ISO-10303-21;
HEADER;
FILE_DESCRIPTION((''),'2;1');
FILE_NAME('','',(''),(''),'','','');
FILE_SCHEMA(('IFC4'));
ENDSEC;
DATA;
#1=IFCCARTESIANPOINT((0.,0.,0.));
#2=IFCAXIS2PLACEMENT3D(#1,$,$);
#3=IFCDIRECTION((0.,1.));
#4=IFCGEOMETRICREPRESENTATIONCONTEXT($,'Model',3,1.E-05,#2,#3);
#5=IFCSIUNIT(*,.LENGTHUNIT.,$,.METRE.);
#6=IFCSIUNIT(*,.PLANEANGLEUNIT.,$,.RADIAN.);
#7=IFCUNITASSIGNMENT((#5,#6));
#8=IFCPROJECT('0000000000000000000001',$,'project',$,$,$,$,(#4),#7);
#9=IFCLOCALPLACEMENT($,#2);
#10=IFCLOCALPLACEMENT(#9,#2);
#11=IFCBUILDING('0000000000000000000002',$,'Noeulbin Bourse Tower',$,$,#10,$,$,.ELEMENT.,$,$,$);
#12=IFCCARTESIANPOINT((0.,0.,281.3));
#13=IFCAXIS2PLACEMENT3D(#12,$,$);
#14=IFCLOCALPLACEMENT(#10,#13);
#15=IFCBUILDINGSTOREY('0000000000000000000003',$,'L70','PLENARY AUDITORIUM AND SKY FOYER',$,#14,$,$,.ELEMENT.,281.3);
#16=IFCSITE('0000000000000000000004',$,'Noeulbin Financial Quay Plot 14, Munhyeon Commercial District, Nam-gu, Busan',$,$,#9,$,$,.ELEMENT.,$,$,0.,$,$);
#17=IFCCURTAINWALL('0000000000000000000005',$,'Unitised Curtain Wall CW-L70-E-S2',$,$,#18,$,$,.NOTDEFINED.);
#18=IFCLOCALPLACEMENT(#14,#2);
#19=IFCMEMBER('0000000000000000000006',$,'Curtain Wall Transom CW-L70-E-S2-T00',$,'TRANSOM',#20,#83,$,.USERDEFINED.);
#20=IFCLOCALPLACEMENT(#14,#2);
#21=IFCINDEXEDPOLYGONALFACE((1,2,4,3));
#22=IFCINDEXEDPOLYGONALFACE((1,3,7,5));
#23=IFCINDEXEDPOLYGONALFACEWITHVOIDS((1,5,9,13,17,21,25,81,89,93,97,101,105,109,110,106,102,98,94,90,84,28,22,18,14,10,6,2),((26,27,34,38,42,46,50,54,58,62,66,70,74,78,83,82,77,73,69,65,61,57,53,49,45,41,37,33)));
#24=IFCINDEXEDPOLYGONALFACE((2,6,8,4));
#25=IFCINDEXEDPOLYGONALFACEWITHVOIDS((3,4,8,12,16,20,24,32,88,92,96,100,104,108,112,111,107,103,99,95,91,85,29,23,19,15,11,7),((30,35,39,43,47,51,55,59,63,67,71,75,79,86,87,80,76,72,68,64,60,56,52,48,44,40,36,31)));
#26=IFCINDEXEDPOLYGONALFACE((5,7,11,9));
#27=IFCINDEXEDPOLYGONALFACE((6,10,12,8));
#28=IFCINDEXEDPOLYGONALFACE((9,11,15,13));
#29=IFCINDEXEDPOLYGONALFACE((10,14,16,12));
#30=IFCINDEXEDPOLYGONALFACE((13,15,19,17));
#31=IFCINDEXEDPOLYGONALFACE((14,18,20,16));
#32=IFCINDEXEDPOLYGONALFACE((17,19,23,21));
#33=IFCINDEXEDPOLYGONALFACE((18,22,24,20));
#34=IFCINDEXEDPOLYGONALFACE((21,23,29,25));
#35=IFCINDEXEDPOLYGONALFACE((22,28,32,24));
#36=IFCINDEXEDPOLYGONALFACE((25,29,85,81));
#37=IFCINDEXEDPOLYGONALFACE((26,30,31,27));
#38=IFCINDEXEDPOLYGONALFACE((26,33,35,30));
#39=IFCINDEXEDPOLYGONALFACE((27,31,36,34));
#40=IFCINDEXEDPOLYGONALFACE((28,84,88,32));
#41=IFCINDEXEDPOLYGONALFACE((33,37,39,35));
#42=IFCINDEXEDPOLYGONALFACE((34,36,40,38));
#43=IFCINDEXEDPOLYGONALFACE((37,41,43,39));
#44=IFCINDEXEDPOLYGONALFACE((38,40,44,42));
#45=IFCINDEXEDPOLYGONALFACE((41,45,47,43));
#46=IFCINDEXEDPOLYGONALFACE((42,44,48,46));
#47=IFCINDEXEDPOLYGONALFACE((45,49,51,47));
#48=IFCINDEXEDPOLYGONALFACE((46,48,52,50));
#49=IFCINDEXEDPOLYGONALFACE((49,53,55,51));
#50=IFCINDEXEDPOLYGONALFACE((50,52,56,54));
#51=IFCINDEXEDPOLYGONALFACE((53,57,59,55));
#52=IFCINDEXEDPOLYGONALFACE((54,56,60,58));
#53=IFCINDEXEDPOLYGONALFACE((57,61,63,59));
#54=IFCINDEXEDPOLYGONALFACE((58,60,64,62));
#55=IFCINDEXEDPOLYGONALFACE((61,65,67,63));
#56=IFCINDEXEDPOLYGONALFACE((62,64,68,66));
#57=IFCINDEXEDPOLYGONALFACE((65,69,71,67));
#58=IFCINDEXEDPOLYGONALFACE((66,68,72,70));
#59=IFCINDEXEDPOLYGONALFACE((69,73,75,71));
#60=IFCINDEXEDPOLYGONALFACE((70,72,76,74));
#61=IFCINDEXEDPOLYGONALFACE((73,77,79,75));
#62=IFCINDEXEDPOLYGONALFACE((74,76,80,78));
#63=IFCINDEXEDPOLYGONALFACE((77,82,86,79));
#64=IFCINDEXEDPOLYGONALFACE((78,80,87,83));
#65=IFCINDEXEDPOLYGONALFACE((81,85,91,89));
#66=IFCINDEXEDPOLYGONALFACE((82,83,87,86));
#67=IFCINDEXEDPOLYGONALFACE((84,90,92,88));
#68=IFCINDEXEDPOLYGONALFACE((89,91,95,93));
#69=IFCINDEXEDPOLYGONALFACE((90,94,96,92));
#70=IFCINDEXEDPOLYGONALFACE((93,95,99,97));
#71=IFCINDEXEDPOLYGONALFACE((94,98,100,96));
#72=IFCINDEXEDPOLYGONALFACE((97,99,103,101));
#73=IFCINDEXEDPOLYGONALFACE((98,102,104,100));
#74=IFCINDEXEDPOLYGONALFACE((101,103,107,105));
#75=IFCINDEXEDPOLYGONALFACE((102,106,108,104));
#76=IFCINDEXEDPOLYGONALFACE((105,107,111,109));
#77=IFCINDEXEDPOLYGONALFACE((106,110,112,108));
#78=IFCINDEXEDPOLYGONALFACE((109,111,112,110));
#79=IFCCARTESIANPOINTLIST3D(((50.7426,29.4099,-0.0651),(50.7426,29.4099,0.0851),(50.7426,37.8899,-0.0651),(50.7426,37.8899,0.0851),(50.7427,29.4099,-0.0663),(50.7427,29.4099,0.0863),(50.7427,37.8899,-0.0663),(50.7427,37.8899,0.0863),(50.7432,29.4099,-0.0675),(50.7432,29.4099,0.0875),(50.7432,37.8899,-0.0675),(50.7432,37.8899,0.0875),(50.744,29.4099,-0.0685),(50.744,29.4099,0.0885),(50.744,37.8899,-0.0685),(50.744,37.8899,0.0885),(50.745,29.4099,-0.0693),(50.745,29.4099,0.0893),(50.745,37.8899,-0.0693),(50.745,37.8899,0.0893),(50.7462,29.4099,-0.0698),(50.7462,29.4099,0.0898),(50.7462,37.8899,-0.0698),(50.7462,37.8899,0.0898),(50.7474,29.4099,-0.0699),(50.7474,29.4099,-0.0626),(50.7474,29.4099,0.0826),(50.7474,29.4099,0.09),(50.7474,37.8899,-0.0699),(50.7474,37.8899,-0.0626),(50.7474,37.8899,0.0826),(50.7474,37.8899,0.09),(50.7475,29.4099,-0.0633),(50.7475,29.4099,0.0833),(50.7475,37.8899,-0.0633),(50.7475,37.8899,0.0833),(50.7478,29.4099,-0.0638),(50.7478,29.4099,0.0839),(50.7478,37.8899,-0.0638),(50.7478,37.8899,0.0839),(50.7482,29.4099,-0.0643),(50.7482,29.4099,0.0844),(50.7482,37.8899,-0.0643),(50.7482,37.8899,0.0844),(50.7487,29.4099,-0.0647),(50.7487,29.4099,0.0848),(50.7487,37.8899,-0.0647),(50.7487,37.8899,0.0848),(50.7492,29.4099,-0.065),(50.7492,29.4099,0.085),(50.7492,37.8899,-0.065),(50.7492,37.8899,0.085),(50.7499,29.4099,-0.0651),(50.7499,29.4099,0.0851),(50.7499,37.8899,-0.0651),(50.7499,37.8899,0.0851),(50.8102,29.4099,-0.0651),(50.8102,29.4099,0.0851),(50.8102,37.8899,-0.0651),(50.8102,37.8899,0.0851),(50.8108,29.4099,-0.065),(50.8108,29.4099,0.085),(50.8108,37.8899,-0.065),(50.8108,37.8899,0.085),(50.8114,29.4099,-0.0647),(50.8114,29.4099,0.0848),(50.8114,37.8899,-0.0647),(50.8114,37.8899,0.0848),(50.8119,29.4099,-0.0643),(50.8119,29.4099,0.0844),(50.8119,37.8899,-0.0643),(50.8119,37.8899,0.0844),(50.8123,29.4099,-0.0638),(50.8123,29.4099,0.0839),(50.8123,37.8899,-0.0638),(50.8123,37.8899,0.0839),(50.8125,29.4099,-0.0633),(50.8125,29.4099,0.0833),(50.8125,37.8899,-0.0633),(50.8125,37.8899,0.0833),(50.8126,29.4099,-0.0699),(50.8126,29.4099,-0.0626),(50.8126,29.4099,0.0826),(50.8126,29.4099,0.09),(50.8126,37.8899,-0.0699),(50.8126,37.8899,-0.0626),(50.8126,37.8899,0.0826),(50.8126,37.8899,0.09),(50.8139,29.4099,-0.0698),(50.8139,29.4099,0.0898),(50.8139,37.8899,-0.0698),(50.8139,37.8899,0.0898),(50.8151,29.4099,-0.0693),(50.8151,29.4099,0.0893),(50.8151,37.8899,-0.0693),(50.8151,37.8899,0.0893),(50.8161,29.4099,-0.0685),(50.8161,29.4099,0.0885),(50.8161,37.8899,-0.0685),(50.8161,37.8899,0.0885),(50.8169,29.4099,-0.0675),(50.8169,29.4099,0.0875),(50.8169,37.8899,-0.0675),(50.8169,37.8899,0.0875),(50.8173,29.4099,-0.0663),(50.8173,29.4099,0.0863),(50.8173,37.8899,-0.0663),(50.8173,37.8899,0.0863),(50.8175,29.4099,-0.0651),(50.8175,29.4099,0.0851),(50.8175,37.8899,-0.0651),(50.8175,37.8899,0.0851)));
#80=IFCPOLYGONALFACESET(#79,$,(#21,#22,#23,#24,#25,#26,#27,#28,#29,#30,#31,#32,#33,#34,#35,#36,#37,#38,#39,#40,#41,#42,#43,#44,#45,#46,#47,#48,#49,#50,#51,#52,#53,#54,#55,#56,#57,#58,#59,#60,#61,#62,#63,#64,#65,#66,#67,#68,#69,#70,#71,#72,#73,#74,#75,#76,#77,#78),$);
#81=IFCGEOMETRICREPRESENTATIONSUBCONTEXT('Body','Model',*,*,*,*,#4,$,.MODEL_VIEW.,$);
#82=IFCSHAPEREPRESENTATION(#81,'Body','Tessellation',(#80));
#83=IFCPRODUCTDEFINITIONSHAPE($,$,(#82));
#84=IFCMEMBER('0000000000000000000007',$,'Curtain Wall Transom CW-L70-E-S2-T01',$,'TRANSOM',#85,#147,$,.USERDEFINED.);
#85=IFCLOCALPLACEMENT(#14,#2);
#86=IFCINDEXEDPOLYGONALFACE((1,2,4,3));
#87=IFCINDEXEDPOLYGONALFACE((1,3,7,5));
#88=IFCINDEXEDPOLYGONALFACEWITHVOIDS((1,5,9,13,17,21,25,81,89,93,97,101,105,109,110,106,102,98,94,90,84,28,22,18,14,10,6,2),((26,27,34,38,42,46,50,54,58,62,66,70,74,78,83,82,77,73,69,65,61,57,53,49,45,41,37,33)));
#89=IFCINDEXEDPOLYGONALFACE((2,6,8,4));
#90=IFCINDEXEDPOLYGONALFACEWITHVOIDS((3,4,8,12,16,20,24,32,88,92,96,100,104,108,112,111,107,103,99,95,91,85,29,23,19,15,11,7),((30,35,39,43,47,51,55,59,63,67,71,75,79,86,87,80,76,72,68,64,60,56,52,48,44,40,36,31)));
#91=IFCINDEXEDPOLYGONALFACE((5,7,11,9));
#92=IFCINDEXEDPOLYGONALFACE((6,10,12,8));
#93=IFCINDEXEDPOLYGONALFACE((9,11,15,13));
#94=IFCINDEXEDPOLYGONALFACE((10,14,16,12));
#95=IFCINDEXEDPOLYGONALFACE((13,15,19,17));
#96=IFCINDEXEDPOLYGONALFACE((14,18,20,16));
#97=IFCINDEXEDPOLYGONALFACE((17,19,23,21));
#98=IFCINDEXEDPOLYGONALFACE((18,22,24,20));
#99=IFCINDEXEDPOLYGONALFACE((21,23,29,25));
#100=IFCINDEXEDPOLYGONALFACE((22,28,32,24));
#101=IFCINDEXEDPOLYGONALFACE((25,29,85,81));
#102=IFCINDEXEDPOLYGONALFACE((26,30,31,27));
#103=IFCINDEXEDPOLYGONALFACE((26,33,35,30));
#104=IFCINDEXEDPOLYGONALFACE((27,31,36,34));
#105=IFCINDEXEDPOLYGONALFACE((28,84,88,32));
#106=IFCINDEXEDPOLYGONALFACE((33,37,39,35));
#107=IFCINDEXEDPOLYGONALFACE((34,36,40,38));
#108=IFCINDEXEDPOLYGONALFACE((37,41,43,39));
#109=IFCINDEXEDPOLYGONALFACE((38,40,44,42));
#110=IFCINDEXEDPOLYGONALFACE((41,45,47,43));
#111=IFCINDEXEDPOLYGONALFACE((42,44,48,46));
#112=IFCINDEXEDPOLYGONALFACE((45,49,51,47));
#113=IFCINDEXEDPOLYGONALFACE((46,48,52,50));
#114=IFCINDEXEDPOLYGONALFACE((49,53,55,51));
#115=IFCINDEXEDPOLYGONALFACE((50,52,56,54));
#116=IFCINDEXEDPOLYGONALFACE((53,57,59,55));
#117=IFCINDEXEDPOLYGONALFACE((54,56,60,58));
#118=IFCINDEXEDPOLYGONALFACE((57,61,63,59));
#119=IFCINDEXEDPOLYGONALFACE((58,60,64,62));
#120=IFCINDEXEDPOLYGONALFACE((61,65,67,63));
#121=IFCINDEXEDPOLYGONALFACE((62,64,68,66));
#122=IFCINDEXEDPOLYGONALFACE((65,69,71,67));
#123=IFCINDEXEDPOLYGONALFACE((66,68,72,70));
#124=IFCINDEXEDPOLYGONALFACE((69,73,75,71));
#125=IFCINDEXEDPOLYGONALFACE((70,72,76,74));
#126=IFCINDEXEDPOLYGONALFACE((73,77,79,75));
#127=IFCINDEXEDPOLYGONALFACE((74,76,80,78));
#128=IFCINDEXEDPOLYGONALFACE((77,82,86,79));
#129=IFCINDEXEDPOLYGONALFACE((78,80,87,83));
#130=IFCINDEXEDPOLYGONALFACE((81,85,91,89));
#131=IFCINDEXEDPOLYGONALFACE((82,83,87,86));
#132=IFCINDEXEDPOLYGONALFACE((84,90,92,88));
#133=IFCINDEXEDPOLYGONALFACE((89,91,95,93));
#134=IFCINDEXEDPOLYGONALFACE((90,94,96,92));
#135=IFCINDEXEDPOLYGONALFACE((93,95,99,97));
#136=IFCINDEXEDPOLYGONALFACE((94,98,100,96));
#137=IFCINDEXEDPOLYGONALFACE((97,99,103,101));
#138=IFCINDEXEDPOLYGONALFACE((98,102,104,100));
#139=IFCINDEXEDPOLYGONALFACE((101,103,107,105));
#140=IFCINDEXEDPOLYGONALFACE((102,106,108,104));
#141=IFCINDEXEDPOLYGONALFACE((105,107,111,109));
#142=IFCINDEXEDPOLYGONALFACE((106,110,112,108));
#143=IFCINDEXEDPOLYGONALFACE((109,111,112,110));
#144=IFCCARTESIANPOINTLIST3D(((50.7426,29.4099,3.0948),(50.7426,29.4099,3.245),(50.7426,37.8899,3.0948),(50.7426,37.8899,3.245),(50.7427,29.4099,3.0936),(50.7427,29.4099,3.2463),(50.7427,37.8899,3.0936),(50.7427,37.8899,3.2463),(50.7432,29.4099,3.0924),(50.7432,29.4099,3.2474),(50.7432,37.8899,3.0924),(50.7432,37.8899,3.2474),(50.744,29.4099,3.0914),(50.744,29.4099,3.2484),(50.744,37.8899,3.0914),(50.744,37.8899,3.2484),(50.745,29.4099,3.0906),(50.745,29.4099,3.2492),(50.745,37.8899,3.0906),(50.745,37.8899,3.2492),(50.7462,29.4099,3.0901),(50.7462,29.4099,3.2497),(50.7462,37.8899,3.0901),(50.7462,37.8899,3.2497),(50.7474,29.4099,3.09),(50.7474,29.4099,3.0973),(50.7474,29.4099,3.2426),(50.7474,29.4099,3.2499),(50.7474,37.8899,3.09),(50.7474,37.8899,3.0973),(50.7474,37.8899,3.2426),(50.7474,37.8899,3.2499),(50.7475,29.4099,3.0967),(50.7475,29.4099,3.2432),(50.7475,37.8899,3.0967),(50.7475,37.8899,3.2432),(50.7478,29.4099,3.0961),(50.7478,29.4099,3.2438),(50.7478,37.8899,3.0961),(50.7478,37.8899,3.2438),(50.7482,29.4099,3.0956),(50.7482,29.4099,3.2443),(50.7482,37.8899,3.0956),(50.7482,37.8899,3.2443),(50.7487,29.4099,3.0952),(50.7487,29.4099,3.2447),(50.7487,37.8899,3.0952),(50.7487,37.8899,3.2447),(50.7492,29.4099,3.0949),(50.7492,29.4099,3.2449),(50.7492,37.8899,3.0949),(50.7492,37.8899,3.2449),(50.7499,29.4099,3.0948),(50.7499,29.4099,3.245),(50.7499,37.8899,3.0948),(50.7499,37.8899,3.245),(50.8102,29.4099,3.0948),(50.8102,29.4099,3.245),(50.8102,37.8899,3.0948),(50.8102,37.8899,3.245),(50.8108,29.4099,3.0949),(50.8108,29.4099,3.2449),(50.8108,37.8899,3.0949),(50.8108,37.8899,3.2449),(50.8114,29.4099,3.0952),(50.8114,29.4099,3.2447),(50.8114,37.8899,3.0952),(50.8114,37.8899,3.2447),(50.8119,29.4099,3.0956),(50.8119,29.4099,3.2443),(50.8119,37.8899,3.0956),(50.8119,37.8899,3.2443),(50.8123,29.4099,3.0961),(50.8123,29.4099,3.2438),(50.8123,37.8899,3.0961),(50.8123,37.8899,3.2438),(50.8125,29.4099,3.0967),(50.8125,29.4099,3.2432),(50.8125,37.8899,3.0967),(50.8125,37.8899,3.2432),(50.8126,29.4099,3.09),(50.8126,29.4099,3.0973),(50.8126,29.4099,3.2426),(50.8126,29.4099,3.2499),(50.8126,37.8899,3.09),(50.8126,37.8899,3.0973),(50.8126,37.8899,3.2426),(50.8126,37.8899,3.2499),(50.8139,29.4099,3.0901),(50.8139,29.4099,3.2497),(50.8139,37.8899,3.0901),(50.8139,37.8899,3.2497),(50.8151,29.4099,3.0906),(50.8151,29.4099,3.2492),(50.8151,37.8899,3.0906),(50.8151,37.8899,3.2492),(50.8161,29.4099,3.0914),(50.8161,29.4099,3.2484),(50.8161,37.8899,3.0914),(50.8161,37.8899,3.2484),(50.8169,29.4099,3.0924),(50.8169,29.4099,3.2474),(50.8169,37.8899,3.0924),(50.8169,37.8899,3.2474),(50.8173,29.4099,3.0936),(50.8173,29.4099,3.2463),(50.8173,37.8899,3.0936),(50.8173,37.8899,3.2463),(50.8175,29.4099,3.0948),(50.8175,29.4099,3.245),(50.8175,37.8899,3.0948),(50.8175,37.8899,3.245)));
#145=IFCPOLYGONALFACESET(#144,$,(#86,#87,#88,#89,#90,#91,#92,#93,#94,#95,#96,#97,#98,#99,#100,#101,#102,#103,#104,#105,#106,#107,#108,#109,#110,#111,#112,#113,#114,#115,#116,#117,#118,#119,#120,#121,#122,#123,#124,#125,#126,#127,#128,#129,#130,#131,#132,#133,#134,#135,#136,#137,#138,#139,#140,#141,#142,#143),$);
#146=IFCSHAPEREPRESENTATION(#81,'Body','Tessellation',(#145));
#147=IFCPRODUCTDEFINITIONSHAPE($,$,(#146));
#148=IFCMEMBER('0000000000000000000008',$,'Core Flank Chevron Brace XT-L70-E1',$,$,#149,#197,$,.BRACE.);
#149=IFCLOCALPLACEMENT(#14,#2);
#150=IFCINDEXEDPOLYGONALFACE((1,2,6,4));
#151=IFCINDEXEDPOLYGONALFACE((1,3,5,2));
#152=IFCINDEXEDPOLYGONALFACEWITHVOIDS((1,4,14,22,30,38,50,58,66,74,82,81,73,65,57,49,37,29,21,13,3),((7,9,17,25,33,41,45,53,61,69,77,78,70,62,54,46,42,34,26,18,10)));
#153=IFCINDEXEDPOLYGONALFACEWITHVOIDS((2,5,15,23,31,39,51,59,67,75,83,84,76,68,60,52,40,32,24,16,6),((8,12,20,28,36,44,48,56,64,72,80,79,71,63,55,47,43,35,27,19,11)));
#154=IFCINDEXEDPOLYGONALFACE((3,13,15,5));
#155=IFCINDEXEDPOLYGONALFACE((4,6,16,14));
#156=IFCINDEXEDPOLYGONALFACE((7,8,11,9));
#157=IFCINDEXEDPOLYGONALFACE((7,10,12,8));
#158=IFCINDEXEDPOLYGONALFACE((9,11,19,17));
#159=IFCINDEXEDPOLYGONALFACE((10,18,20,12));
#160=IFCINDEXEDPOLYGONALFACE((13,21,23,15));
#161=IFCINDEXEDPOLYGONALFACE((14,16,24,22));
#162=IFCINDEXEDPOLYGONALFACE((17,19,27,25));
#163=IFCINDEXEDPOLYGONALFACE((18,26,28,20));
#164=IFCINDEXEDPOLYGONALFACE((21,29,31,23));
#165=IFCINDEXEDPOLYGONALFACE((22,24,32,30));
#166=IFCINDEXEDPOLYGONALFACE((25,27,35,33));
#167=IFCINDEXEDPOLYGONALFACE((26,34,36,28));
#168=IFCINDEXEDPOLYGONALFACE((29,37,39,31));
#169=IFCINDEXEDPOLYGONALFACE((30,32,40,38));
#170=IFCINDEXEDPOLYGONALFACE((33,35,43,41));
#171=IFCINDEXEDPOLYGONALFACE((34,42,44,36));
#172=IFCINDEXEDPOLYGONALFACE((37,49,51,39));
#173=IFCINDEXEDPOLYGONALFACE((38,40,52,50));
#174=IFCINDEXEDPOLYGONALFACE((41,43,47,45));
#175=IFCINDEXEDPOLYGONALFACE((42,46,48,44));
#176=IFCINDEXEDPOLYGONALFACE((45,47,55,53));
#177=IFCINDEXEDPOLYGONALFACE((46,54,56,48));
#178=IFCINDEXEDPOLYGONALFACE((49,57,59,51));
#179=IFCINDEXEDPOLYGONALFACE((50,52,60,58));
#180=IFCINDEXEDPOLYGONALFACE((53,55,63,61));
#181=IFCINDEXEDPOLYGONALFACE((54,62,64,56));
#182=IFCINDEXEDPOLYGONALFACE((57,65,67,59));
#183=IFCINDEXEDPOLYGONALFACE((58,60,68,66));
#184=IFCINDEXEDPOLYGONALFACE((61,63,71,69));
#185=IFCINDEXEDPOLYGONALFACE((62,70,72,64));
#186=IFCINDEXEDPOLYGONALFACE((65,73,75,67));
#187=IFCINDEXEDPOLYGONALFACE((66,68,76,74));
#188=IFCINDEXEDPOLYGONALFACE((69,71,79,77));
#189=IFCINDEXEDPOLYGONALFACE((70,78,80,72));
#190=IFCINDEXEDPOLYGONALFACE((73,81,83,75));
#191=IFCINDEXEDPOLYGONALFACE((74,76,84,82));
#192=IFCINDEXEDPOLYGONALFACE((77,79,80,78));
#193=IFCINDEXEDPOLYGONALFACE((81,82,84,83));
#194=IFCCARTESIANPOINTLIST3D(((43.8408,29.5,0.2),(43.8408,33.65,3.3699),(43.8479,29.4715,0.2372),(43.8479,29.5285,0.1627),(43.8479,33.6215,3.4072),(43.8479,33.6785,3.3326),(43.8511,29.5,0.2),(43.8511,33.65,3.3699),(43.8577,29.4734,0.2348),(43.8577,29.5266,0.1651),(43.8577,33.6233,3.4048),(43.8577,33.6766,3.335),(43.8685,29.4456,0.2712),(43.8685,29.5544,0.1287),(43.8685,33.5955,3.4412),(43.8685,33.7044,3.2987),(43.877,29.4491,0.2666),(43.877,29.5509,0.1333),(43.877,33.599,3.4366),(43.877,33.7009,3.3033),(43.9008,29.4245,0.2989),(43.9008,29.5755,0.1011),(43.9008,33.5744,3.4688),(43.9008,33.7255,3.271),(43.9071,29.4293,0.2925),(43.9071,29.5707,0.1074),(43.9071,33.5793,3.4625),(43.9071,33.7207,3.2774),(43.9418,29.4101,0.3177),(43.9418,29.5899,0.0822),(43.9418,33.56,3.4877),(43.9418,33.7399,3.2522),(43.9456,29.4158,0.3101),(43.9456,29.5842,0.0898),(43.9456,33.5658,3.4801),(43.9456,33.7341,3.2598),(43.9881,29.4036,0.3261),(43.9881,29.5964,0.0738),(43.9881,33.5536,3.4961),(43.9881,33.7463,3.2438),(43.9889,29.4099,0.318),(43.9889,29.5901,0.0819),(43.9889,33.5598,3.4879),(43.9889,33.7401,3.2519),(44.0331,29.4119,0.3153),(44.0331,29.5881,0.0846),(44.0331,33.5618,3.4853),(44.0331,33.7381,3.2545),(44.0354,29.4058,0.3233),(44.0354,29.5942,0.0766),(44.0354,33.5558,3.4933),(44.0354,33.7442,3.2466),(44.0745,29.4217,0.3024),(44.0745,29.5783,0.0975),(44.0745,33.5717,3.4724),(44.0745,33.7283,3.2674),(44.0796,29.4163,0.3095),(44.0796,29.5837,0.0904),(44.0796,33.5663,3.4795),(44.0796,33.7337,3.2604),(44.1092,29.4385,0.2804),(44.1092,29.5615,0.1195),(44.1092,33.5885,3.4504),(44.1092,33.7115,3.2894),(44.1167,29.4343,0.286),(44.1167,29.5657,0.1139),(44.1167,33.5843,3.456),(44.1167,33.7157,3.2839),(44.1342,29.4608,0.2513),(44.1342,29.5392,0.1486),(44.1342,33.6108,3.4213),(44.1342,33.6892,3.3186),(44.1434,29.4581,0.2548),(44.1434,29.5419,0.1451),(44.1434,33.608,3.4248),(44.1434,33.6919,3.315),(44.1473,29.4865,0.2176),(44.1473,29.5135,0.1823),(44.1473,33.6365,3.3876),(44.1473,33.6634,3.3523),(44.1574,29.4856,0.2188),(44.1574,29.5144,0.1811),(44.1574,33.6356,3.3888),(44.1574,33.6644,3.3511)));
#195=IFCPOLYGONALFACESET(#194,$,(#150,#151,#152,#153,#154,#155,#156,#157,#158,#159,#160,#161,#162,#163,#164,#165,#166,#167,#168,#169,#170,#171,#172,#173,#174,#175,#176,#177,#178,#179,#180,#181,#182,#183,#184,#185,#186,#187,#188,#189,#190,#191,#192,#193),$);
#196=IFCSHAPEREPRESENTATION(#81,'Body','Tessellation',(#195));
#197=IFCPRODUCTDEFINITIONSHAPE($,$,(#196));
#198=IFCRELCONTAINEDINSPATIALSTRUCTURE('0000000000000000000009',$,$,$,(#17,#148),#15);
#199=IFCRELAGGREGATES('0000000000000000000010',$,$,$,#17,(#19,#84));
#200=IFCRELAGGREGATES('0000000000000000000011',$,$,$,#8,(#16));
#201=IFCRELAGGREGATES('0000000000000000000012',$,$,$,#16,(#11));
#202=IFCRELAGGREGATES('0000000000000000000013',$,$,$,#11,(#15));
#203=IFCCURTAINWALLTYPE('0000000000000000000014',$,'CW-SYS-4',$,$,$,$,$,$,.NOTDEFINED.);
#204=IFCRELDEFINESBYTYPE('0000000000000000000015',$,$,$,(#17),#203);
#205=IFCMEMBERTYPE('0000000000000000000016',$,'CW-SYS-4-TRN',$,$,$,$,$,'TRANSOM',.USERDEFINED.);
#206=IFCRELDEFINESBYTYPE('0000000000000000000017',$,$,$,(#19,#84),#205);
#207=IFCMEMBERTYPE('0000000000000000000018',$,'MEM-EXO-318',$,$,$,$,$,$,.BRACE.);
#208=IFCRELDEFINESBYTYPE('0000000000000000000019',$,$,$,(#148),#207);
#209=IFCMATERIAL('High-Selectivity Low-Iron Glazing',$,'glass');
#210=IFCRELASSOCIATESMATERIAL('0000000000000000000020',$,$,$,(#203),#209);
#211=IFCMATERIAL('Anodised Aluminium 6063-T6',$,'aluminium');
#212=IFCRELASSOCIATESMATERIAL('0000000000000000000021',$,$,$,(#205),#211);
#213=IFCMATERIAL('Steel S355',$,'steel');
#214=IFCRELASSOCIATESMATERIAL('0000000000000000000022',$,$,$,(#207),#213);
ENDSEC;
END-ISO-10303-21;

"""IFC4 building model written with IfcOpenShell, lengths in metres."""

from ifc_helpers import new_model, si_unit, direction, frame, origin, origin_2d, place, context, subcontext, project, spatial, hollow_rectangle, hollow_circle, extrude, material, material_profile, profile_set, type_object, element, aggregate, save


model = new_model("IFC4")

# Units and contexts
model_context = context("Model", 3, precision=1e-05, world=origin(), true_north=direction((0.0, 1.0)))
body_context = subcontext(model_context, "Body", "Model", "MODEL_VIEW")
ifc_project = project(units=[si_unit("LENGTHUNIT", "METRE"), si_unit("PLANEANGLEUNIT", "RADIAN")], contexts=[model_context])

# Site, building, storey
site_placement = place(None, origin())
site = spatial("IfcSite", under=ifc_project, at=site_placement, Name="Noeulbin Financial Quay Plot 14, Munhyeon Commercial District, Nam-gu, Busan", CompositionType="ELEMENT", RefElevation=0.0)
building_placement = place(site_placement, origin())
building = spatial("IfcBuilding", under=site, at=building_placement, Name="Noeulbin Bourse Tower", CompositionType="ELEMENT")
storey_placement = place(building_placement, frame((0.0, 0.0, 281.3)))
storey = spatial("IfcBuildingStorey", under=building, at=storey_placement, Name="L70", Description="PLENARY AUDITORIUM AND SKY FOYER", CompositionType="ELEMENT", Elevation=281.3)

# Shared definitions
ifc_material_1 = material(Name="Steel S355", Category="steel")

# Shared definitions
ifc_material_2 = material(Name="High-Selectivity Low-Iron Glazing", Category="glass")
curtain_wall_type = type_object("IfcCurtainWallType", Name="CW-SYS-4", PredefinedType="NOTDEFINED", material=ifc_material_2)
ifc_material_3 = material(Name="Anodised Aluminium 6063-T6", Category="aluminium")

# Curtain wall
curtain_wall_1_placement = place(storey_placement, origin())
curtain_wall_1 = element("IfcCurtainWall", 1, at=curtain_wall_1_placement, inside=storey, type_object=curtain_wall_type, Name="Unitised Curtain Wall CW-L70-E-S2", PredefinedType="NOTDEFINED")

# Members
ifc_material_profile_1 = material_profile(ifc_material_3, hollow_rectangle(XDim=0.075, YDim=0.1599, WallThickness=0.0049, InnerFilletRadius=0.0024, OuterFilletRadius=0.0049, at=origin_2d()), Name="ALU-TRAN-75x160x5", Category="LoadBearing")
ifc_profile_set_1 = profile_set([ifc_material_profile_1], Name="Anodised Aluminium 6063-T6")
member_type_1 = type_object("IfcMemberType", Name="CW-SYS-4-TRN", ElementType="TRANSOM", PredefinedType="USERDEFINED", material=ifc_profile_set_1)
member_1_placement = place(storey_placement, frame((50.78, 29.4099, 0.01), z_axis=(0.0, 1.0, 0.0), x_axis=(-1.0, 0.0, 0.0)))
member_1 = element("IfcMember", 2, at=member_1_placement, type_object=member_type_1, Name="Curtain Wall Transom CW-L70-E-S2-T00", ObjectType="TRANSOM", PredefinedType="USERDEFINED", context=body_context, shape_type="SweptSolid", body=[
    extrude(hollow_rectangle(XDim=0.075, YDim=0.1599, WallThickness=0.0049, InnerFilletRadius=0.0024, OuterFilletRadius=0.0049, at=origin_2d()), origin(), (0.0, 0.0, 1.0), 8.48),
])
member_2_placement = place(storey_placement, frame((50.78, 29.4099, 3.1699), z_axis=(0.0, 1.0, 0.0), x_axis=(-1.0, 0.0, 0.0)))
member_2 = element("IfcMember", 3, at=member_2_placement, type_object=member_type_1, Name="Curtain Wall Transom CW-L70-E-S2-T01", ObjectType="TRANSOM", PredefinedType="USERDEFINED", context=body_context, shape_type="SweptSolid", body=[
    extrude(hollow_rectangle(XDim=0.075, YDim=0.1599, WallThickness=0.0049, InnerFilletRadius=0.0024, OuterFilletRadius=0.0049, at=origin_2d()), origin(), (0.0, 0.0, 1.0), 8.48),
])
ifc_material_profile_2 = material_profile(ifc_material_1, hollow_circle(Radius=0.1592, WallThickness=0.0103, at=origin_2d()), Name="CHS-318.5x10.3", Category="LoadBearing")
ifc_profile_set_2 = profile_set([ifc_material_profile_2], Name="Steel S355")
member_type_2 = type_object("IfcMemberType", Name="MEM-EXO-318", PredefinedType="BRACE", material=ifc_profile_set_2)
member_3_placement = place(storey_placement, frame((44.0, 29.5, 0.2), z_axis=(0.0, 0.794684, 0.607023), x_axis=(-1.0, 0.0, 0.0)))
element("IfcMember", 4, at=member_3_placement, inside=storey, type_object=member_type_2, Name="Core Flank Chevron Brace XT-L70-E1", PredefinedType="BRACE", context=body_context, shape_type="SweptSolid", body=[
    extrude(hollow_circle(Radius=0.1592, WallThickness=0.0103, at=origin_2d()), origin(), (0.0, 0.0, 1.0), 5.2222),
])

aggregate(curtain_wall_1, [member_1, member_2])

save(model, "model.ifc")
